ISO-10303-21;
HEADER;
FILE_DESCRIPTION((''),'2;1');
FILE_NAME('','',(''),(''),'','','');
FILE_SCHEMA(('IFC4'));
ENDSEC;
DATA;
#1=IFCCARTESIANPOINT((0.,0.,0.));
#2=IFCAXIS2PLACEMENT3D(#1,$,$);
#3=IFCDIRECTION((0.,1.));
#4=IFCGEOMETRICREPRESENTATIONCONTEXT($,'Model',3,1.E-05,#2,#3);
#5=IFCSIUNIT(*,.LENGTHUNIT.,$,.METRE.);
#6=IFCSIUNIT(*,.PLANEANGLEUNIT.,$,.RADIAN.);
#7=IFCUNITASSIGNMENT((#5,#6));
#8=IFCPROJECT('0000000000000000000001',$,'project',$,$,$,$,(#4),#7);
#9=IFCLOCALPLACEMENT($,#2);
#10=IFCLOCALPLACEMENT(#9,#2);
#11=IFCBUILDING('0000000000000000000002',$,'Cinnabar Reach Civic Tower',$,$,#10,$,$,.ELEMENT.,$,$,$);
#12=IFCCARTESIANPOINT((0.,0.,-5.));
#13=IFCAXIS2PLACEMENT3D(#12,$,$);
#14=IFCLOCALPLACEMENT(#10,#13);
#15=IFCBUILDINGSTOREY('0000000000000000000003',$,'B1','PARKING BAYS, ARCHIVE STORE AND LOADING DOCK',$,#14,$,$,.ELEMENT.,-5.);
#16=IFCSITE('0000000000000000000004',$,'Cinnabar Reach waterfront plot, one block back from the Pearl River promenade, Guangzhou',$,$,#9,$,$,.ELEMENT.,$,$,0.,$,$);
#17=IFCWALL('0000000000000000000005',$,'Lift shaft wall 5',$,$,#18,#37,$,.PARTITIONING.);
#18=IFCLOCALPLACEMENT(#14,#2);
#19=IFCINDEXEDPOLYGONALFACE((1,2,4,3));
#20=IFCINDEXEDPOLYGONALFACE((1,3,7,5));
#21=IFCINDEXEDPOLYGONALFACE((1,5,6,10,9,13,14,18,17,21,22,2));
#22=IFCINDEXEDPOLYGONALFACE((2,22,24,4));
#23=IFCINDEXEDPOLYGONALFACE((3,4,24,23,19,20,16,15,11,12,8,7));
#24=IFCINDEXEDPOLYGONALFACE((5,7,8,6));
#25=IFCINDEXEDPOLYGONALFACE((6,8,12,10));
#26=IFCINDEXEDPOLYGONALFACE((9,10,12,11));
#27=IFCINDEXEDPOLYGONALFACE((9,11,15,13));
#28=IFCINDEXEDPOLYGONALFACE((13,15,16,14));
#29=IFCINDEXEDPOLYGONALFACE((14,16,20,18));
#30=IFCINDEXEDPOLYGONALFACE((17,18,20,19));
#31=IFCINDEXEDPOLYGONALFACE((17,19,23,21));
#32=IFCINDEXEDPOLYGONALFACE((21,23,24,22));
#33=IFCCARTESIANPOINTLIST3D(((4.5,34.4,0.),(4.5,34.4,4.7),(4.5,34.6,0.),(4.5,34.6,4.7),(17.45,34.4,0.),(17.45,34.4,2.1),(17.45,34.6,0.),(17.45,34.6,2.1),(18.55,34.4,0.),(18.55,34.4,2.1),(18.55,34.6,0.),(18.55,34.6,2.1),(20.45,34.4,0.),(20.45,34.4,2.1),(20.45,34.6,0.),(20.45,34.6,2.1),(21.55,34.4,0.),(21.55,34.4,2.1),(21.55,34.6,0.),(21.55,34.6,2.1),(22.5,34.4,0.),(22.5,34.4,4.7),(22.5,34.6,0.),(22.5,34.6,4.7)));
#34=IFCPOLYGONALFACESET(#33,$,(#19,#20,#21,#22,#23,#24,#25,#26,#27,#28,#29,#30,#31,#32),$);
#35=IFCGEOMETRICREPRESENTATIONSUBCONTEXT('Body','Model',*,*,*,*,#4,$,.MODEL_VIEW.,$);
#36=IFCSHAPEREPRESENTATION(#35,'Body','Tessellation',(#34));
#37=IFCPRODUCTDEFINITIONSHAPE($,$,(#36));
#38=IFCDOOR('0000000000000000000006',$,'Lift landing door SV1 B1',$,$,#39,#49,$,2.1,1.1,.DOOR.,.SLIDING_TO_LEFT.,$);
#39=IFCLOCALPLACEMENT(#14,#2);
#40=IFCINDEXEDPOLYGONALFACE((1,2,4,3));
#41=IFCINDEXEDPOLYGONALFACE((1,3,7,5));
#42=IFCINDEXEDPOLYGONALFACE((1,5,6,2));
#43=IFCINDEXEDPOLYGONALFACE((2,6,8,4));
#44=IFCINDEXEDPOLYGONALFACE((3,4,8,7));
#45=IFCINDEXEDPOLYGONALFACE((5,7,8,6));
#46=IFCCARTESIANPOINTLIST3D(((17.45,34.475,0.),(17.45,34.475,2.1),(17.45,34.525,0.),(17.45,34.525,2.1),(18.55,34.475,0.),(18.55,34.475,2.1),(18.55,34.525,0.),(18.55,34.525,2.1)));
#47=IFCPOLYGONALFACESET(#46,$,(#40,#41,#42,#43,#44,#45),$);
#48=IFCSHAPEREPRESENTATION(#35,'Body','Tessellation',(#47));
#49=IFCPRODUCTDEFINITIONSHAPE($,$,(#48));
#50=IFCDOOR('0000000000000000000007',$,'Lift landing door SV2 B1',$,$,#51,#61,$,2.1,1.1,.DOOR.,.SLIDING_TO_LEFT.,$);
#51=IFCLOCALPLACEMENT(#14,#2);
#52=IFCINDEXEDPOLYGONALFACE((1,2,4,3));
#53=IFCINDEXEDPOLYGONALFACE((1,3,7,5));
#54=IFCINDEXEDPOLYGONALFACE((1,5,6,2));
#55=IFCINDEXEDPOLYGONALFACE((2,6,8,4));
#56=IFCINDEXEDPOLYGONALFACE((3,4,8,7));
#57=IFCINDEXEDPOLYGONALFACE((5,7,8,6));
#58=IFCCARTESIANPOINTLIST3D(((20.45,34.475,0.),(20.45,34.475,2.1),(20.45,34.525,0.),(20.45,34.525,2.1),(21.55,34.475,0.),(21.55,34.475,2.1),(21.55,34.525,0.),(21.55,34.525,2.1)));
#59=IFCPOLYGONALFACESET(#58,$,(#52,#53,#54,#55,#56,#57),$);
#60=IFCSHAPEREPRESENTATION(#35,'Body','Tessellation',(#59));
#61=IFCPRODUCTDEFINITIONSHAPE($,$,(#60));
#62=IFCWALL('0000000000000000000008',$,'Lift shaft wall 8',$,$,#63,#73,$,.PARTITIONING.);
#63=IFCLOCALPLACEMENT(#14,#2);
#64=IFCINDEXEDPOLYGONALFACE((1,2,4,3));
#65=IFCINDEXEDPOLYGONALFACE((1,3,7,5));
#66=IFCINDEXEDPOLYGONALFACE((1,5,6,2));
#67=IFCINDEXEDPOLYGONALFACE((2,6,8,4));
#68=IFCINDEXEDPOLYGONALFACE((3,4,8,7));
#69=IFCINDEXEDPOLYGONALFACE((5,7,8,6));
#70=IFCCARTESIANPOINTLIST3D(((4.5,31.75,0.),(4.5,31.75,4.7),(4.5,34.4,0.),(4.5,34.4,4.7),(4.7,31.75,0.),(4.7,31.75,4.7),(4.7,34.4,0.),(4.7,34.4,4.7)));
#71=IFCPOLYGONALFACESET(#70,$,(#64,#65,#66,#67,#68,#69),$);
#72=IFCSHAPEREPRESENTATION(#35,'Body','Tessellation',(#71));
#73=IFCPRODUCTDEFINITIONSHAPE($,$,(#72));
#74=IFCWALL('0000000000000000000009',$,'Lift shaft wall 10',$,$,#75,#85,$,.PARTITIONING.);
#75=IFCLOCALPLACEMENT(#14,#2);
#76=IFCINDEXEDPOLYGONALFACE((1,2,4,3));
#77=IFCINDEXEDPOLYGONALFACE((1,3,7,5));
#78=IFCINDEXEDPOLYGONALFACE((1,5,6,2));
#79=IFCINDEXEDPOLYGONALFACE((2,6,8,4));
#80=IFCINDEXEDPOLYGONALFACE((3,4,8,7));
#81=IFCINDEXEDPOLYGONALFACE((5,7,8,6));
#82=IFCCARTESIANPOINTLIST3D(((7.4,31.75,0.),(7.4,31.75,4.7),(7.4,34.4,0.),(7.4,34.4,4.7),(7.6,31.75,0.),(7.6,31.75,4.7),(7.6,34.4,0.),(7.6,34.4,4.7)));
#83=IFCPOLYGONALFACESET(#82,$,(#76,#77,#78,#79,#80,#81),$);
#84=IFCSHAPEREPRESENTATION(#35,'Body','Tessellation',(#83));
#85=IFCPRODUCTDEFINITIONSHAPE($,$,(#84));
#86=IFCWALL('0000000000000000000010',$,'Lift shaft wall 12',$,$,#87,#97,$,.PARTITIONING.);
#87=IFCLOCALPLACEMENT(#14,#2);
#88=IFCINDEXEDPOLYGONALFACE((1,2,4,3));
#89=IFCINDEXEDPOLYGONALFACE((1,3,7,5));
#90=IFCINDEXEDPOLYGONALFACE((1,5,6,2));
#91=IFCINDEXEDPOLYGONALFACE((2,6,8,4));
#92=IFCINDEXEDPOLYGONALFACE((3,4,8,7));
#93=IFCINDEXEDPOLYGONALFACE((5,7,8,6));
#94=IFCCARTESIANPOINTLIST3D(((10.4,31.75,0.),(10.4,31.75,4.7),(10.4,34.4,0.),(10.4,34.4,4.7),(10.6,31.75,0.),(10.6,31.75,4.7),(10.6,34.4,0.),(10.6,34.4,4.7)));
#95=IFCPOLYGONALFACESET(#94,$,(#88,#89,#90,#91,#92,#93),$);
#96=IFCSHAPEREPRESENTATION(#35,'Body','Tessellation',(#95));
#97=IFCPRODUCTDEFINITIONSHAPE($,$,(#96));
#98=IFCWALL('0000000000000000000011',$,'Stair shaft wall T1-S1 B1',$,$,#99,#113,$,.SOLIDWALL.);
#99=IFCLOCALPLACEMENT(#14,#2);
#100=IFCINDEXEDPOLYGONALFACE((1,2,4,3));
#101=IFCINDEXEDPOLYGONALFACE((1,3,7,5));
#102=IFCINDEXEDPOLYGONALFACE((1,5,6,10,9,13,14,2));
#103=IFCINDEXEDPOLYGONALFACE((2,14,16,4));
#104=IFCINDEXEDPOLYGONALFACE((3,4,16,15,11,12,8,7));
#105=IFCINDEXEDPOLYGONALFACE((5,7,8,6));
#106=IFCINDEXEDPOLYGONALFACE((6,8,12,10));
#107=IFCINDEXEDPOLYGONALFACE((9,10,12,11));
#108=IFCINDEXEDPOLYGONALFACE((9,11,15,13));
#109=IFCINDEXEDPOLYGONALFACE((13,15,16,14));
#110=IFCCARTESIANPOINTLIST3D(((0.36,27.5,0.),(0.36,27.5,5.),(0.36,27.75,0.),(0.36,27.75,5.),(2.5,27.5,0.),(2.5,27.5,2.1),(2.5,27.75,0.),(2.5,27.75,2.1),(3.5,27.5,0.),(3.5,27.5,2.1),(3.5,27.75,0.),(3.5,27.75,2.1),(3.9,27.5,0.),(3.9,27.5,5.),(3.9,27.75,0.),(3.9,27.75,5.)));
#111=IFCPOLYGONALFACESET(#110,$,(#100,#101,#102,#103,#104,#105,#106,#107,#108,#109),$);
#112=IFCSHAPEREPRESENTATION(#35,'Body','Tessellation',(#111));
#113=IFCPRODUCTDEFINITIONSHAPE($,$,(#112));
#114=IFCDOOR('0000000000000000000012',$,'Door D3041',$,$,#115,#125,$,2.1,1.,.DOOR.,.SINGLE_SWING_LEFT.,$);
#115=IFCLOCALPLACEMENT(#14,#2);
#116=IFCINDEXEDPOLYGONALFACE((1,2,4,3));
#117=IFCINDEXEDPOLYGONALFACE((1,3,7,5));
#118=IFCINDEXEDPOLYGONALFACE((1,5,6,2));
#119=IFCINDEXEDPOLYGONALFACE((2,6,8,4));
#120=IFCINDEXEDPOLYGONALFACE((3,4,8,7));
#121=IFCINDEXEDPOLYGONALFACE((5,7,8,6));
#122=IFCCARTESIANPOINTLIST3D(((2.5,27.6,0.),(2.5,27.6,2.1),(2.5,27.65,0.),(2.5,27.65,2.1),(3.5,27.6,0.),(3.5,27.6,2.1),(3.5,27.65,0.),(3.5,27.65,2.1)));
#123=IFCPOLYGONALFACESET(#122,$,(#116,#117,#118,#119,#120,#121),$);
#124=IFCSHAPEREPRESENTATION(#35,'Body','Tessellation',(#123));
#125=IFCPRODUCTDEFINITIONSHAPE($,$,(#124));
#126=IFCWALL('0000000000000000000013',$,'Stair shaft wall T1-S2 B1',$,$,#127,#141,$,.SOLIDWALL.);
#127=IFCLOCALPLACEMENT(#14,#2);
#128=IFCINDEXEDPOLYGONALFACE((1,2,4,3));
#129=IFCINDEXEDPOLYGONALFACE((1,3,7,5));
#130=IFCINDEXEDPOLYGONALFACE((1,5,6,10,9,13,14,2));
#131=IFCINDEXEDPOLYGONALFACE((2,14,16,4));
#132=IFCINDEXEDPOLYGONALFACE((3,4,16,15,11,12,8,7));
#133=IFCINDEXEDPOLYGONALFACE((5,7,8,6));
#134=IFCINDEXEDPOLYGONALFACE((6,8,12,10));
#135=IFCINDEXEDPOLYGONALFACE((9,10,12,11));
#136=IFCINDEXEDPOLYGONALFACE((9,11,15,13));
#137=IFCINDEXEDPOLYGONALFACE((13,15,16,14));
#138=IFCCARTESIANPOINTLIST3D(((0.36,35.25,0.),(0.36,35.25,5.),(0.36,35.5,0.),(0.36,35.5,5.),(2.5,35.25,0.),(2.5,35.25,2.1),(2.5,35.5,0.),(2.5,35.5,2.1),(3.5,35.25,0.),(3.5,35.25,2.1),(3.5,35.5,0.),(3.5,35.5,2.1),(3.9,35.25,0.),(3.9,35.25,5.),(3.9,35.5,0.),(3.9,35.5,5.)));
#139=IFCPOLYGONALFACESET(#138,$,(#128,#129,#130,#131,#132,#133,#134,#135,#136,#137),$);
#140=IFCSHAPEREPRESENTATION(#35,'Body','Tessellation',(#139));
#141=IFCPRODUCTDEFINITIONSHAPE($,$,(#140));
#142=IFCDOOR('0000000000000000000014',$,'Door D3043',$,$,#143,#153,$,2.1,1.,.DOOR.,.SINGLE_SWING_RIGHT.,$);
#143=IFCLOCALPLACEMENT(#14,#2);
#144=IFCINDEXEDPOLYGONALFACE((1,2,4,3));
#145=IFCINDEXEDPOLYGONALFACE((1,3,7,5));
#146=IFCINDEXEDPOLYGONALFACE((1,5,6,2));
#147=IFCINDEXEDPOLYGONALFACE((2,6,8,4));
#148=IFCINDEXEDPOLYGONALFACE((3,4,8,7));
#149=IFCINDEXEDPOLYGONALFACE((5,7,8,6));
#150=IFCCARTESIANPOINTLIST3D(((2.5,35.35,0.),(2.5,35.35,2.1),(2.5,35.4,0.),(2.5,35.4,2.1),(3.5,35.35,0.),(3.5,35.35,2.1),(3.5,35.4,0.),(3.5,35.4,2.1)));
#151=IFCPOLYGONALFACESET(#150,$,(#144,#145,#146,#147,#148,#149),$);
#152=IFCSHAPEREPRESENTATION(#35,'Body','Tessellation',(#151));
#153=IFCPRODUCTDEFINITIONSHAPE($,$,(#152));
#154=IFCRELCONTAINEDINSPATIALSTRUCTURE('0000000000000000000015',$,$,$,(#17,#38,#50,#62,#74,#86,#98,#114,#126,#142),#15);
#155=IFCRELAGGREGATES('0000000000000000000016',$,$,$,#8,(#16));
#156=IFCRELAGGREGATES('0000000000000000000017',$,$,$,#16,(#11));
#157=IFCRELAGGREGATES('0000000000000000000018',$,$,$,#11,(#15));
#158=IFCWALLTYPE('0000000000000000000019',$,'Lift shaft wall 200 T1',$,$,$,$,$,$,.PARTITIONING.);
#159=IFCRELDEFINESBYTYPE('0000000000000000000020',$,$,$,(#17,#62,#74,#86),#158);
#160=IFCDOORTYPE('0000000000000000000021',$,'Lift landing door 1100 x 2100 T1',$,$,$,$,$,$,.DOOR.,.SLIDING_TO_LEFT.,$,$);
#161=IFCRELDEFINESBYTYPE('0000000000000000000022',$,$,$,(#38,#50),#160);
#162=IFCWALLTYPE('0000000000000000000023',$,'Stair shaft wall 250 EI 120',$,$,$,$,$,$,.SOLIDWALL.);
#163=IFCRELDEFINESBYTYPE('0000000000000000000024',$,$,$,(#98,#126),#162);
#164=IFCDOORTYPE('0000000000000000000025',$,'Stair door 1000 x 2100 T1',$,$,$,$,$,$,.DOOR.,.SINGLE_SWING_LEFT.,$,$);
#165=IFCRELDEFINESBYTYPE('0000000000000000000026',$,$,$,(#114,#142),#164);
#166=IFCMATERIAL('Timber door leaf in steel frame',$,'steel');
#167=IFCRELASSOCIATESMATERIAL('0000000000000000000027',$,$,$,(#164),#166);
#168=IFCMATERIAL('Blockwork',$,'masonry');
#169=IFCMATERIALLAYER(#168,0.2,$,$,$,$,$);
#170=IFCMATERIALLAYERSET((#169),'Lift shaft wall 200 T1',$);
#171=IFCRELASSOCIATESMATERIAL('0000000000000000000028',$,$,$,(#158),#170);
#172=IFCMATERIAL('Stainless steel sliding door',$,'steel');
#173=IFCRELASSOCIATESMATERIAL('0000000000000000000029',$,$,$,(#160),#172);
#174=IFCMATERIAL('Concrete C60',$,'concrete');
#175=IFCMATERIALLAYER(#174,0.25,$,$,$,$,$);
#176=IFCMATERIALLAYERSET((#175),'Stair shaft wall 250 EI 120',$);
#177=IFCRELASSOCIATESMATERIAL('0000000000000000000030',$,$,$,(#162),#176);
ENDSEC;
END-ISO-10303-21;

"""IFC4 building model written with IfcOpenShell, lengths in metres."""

from ifc_helpers import new_model, si_unit, direction, frame, frame_2d, origin, place, context, subcontext, project, spatial, rectangle, extrude, material, layer, layer_set, type_object, element, fill, save


model = new_model("IFC4")

# Units and contexts
model_context = context("Model", 3, precision=1e-05, world=origin(), true_north=direction((0.0, 1.0)))
body_context = subcontext(model_context, "Body", "Model", "MODEL_VIEW")
ifc_project = project(units=[si_unit("LENGTHUNIT", "METRE"), si_unit("PLANEANGLEUNIT", "RADIAN")], contexts=[model_context])

# Site, building, storey
site_placement = place(None, origin())
site = spatial("IfcSite", under=ifc_project, at=site_placement, Name="Cinnabar Reach waterfront plot, one block back from the Pearl River promenade, Guangzhou", CompositionType="ELEMENT", RefElevation=0.0)
building_placement = place(site_placement, origin())
building = spatial("IfcBuilding", under=site, at=building_placement, Name="Cinnabar Reach Civic Tower", CompositionType="ELEMENT")
storey_placement = place(building_placement, frame((0.0, 0.0, -5.0)))
storey = spatial("IfcBuildingStorey", under=building, at=storey_placement, Name="B1", Description="PARKING BAYS, ARCHIVE STORE AND LOADING DOCK", CompositionType="ELEMENT", Elevation=-5.0)

# Shared definitions
ifc_material_1 = material(Name="Concrete C60", Category="concrete")

# Shared definitions
ifc_material_2 = material(Name="Timber door leaf in steel frame", Category="steel")
door_type_1 = type_object("IfcDoorType", Name="Stair door 1000 x 2100 T1", OperationType="SINGLE_SWING_LEFT", PredefinedType="DOOR", material=ifc_material_2)

# Wall, openings, doors
ifc_material_3 = material(Name="Blockwork", Category="masonry")
ifc_layer_1 = layer(ifc_material_3, 0.2)
ifc_layer_set_1 = layer_set([ifc_layer_1], Name="Lift shaft wall 200 T1")
wall_type_1 = type_object("IfcWallType", Name="Lift shaft wall 200 T1", PredefinedType="PARTITIONING", material=ifc_layer_set_1)
wall_1_placement = place(storey_placement, frame((4.5, 34.5, 0.0), z_axis=(0.0, 0.0, 1.0), x_axis=(1.0, 0.0, 0.0)))
wall_1 = element("IfcWall", 1, at=wall_1_placement, inside=storey, type_object=wall_type_1, Name="Lift shaft wall 5", PredefinedType="PARTITIONING", context=body_context, shape_type="SweptSolid", body=[
    extrude(rectangle(XDim=18.0, YDim=0.2, at=frame_2d((9.0, 0.0))), origin(), (0.0, 0.0, 1.0), 4.7),
])
opening_1_placement = place(wall_1_placement, frame((12.95, 0.0, 0.0)))
opening_1 = element("IfcOpeningElement", 2, at=opening_1_placement, cuts=wall_1, PredefinedType="OPENING", context=body_context, shape_type="SweptSolid", body=[
    extrude(rectangle(XDim=1.1, YDim=2.1, at=frame_2d((0.55, 1.05))), frame((0.0, 0.11, 0.0), z_axis=(0.0, -1.0, 0.0), x_axis=(1.0, 0.0, 0.0)), (0.0, 0.0, 1.0), 0.22),
])
opening_2_placement = place(wall_1_placement, frame((15.95, 0.0, 0.0)))
opening_2 = element("IfcOpeningElement", 3, at=opening_2_placement, cuts=wall_1, PredefinedType="OPENING", context=body_context, shape_type="SweptSolid", body=[
    extrude(rectangle(XDim=1.1, YDim=2.1, at=frame_2d((0.55, 1.05))), frame((0.0, 0.11, 0.0), z_axis=(0.0, -1.0, 0.0), x_axis=(1.0, 0.0, 0.0)), (0.0, 0.0, 1.0), 0.22),
])
ifc_material_4 = material(Name="Stainless steel sliding door", Category="steel")
door_type_2 = type_object("IfcDoorType", Name="Lift landing door 1100 x 2100 T1", OperationType="SLIDING_TO_LEFT", PredefinedType="DOOR", material=ifc_material_4)
door_1_placement = place(opening_1_placement, origin())
door_1 = element("IfcDoor", 4, at=door_1_placement, inside=storey, type_object=door_type_2, Name="Lift landing door SV1 B1", OperationType="SLIDING_TO_LEFT", OverallHeight=2.1, OverallWidth=1.1, PredefinedType="DOOR", context=body_context, shape_type="SweptSolid", body=[
    extrude(rectangle(XDim=1.1, YDim=2.1, at=frame_2d((0.55, 1.05))), frame((0.0, 0.025, 0.0), z_axis=(0.0, -1.0, 0.0), x_axis=(1.0, 0.0, 0.0)), (0.0, 0.0, 1.0), 0.05),
])
fill(opening_1, door_1)
door_2_placement = place(opening_2_placement, origin())
door_2 = element("IfcDoor", 5, at=door_2_placement, inside=storey, type_object=door_type_2, Name="Lift landing door SV2 B1", OperationType="SLIDING_TO_LEFT", OverallHeight=2.1, OverallWidth=1.1, PredefinedType="DOOR", context=body_context, shape_type="SweptSolid", body=[
    extrude(rectangle(XDim=1.1, YDim=2.1, at=frame_2d((0.55, 1.05))), frame((0.0, 0.025, 0.0), z_axis=(0.0, -1.0, 0.0), x_axis=(1.0, 0.0, 0.0)), (0.0, 0.0, 1.0), 0.05),
])
fill(opening_2, door_2)

# Walls
for number, where, z_axis, x_axis, name in (
    (6, (4.6, 31.75, 0.0), (0.0, 0.0, 1.0), (0.0, 1.0, 0.0), "Lift shaft wall 8"),
    (7, (7.5, 31.75, 0.0), (0.0, 0.0, 1.0), (0.0, 1.0, 0.0), "Lift shaft wall 10"),
    (8, (10.5, 31.75, 0.0), (0.0, 0.0, 1.0), (0.0, 1.0, 0.0), "Lift shaft wall 12"),
):
    element("IfcWall", number, at=place(storey_placement, frame(where, z_axis=z_axis, x_axis=x_axis)), inside=storey, type_object=wall_type_1, Name=name, PredefinedType="PARTITIONING", context=body_context, shape_type="SweptSolid", body=[
        extrude(rectangle(XDim=2.65, YDim=0.2, at=frame_2d((1.325, 0.0))), origin(), (0.0, 0.0, 1.0), 4.7),
    ])

# Walls, openings, doors
ifc_layer_2 = layer(ifc_material_1, 0.25)
ifc_layer_set_2 = layer_set([ifc_layer_2], Name="Stair shaft wall 250 EI 120")
wall_type_2 = type_object("IfcWallType", Name="Stair shaft wall 250 EI 120", PredefinedType="SOLIDWALL", material=ifc_layer_set_2)
wall_2_placement = place(storey_placement, frame((3.9, 27.625, 0.0), z_axis=(0.0, 0.0, 1.0), x_axis=(-1.0, 0.0, 0.0)))
wall_2 = element("IfcWall", 9, at=wall_2_placement, inside=storey, type_object=wall_type_2, Name="Stair shaft wall T1-S1 B1", PredefinedType="SOLIDWALL", context=body_context, shape_type="SweptSolid", body=[
    extrude(rectangle(XDim=3.54, YDim=0.25, at=frame_2d((1.77, 0.0))), origin(), (0.0, 0.0, 1.0), 5.0),
])
opening_3_placement = place(wall_2_placement, frame((0.4, 0.0, 0.0)))
opening_3 = element("IfcOpeningElement", 10, at=opening_3_placement, cuts=wall_2, PredefinedType="OPENING", context=body_context, shape_type="SweptSolid", body=[
    extrude(rectangle(XDim=1.0, YDim=2.1, at=frame_2d((0.5, 1.05))), frame((0.0, 0.135, 0.0), z_axis=(0.0, -1.0, 0.0), x_axis=(1.0, 0.0, 0.0)), (0.0, 0.0, 1.0), 0.27),
])
door_3_placement = place(opening_3_placement, origin())
door_3 = element("IfcDoor", 11, at=door_3_placement, inside=storey, type_object=door_type_1, Name="Door D3041", OperationType="SINGLE_SWING_LEFT", OverallHeight=2.1, OverallWidth=1.0, PredefinedType="DOOR", context=body_context, shape_type="SweptSolid", body=[
    extrude(rectangle(XDim=1.0, YDim=2.1, at=frame_2d((0.5, 1.05))), frame((0.0, 0.025, 0.0), z_axis=(0.0, -1.0, 0.0), x_axis=(1.0, 0.0, 0.0)), (0.0, 0.0, 1.0), 0.05),
])
fill(opening_3, door_3)
wall_3_placement = place(storey_placement, frame((0.36, 35.375, 0.0), z_axis=(0.0, 0.0, 1.0), x_axis=(1.0, 0.0, 0.0)))
wall_3 = element("IfcWall", 12, at=wall_3_placement, inside=storey, type_object=wall_type_2, Name="Stair shaft wall T1-S2 B1", PredefinedType="SOLIDWALL", context=body_context, shape_type="SweptSolid", body=[
    extrude(rectangle(XDim=3.54, YDim=0.25, at=frame_2d((1.77, 0.0))), origin(), (0.0, 0.0, 1.0), 5.0),
])
opening_4_placement = place(wall_3_placement, frame((2.14, 0.0, 0.0)))
opening_4 = element("IfcOpeningElement", 13, at=opening_4_placement, cuts=wall_3, PredefinedType="OPENING", context=body_context, shape_type="SweptSolid", body=[
    extrude(rectangle(XDim=1.0, YDim=2.1, at=frame_2d((0.5, 1.05))), frame((0.0, 0.135, 0.0), z_axis=(0.0, -1.0, 0.0), x_axis=(1.0, 0.0, 0.0)), (0.0, 0.0, 1.0), 0.27),
])
door_4_placement = place(opening_4_placement, origin())
door_4 = element("IfcDoor", 14, at=door_4_placement, inside=storey, type_object=door_type_1, Name="Door D3043", OperationType="SINGLE_SWING_RIGHT", OverallHeight=2.1, OverallWidth=1.0, PredefinedType="DOOR", context=body_context, shape_type="SweptSolid", body=[
    extrude(rectangle(XDim=1.0, YDim=2.1, at=frame_2d((0.5, 1.05))), frame((0.0, 0.025, 0.0), z_axis=(0.0, -1.0, 0.0), x_axis=(1.0, 0.0, 0.0)), (0.0, 0.0, 1.0), 0.05),
])
fill(opening_4, door_4)

save(model, "model.ifc")
